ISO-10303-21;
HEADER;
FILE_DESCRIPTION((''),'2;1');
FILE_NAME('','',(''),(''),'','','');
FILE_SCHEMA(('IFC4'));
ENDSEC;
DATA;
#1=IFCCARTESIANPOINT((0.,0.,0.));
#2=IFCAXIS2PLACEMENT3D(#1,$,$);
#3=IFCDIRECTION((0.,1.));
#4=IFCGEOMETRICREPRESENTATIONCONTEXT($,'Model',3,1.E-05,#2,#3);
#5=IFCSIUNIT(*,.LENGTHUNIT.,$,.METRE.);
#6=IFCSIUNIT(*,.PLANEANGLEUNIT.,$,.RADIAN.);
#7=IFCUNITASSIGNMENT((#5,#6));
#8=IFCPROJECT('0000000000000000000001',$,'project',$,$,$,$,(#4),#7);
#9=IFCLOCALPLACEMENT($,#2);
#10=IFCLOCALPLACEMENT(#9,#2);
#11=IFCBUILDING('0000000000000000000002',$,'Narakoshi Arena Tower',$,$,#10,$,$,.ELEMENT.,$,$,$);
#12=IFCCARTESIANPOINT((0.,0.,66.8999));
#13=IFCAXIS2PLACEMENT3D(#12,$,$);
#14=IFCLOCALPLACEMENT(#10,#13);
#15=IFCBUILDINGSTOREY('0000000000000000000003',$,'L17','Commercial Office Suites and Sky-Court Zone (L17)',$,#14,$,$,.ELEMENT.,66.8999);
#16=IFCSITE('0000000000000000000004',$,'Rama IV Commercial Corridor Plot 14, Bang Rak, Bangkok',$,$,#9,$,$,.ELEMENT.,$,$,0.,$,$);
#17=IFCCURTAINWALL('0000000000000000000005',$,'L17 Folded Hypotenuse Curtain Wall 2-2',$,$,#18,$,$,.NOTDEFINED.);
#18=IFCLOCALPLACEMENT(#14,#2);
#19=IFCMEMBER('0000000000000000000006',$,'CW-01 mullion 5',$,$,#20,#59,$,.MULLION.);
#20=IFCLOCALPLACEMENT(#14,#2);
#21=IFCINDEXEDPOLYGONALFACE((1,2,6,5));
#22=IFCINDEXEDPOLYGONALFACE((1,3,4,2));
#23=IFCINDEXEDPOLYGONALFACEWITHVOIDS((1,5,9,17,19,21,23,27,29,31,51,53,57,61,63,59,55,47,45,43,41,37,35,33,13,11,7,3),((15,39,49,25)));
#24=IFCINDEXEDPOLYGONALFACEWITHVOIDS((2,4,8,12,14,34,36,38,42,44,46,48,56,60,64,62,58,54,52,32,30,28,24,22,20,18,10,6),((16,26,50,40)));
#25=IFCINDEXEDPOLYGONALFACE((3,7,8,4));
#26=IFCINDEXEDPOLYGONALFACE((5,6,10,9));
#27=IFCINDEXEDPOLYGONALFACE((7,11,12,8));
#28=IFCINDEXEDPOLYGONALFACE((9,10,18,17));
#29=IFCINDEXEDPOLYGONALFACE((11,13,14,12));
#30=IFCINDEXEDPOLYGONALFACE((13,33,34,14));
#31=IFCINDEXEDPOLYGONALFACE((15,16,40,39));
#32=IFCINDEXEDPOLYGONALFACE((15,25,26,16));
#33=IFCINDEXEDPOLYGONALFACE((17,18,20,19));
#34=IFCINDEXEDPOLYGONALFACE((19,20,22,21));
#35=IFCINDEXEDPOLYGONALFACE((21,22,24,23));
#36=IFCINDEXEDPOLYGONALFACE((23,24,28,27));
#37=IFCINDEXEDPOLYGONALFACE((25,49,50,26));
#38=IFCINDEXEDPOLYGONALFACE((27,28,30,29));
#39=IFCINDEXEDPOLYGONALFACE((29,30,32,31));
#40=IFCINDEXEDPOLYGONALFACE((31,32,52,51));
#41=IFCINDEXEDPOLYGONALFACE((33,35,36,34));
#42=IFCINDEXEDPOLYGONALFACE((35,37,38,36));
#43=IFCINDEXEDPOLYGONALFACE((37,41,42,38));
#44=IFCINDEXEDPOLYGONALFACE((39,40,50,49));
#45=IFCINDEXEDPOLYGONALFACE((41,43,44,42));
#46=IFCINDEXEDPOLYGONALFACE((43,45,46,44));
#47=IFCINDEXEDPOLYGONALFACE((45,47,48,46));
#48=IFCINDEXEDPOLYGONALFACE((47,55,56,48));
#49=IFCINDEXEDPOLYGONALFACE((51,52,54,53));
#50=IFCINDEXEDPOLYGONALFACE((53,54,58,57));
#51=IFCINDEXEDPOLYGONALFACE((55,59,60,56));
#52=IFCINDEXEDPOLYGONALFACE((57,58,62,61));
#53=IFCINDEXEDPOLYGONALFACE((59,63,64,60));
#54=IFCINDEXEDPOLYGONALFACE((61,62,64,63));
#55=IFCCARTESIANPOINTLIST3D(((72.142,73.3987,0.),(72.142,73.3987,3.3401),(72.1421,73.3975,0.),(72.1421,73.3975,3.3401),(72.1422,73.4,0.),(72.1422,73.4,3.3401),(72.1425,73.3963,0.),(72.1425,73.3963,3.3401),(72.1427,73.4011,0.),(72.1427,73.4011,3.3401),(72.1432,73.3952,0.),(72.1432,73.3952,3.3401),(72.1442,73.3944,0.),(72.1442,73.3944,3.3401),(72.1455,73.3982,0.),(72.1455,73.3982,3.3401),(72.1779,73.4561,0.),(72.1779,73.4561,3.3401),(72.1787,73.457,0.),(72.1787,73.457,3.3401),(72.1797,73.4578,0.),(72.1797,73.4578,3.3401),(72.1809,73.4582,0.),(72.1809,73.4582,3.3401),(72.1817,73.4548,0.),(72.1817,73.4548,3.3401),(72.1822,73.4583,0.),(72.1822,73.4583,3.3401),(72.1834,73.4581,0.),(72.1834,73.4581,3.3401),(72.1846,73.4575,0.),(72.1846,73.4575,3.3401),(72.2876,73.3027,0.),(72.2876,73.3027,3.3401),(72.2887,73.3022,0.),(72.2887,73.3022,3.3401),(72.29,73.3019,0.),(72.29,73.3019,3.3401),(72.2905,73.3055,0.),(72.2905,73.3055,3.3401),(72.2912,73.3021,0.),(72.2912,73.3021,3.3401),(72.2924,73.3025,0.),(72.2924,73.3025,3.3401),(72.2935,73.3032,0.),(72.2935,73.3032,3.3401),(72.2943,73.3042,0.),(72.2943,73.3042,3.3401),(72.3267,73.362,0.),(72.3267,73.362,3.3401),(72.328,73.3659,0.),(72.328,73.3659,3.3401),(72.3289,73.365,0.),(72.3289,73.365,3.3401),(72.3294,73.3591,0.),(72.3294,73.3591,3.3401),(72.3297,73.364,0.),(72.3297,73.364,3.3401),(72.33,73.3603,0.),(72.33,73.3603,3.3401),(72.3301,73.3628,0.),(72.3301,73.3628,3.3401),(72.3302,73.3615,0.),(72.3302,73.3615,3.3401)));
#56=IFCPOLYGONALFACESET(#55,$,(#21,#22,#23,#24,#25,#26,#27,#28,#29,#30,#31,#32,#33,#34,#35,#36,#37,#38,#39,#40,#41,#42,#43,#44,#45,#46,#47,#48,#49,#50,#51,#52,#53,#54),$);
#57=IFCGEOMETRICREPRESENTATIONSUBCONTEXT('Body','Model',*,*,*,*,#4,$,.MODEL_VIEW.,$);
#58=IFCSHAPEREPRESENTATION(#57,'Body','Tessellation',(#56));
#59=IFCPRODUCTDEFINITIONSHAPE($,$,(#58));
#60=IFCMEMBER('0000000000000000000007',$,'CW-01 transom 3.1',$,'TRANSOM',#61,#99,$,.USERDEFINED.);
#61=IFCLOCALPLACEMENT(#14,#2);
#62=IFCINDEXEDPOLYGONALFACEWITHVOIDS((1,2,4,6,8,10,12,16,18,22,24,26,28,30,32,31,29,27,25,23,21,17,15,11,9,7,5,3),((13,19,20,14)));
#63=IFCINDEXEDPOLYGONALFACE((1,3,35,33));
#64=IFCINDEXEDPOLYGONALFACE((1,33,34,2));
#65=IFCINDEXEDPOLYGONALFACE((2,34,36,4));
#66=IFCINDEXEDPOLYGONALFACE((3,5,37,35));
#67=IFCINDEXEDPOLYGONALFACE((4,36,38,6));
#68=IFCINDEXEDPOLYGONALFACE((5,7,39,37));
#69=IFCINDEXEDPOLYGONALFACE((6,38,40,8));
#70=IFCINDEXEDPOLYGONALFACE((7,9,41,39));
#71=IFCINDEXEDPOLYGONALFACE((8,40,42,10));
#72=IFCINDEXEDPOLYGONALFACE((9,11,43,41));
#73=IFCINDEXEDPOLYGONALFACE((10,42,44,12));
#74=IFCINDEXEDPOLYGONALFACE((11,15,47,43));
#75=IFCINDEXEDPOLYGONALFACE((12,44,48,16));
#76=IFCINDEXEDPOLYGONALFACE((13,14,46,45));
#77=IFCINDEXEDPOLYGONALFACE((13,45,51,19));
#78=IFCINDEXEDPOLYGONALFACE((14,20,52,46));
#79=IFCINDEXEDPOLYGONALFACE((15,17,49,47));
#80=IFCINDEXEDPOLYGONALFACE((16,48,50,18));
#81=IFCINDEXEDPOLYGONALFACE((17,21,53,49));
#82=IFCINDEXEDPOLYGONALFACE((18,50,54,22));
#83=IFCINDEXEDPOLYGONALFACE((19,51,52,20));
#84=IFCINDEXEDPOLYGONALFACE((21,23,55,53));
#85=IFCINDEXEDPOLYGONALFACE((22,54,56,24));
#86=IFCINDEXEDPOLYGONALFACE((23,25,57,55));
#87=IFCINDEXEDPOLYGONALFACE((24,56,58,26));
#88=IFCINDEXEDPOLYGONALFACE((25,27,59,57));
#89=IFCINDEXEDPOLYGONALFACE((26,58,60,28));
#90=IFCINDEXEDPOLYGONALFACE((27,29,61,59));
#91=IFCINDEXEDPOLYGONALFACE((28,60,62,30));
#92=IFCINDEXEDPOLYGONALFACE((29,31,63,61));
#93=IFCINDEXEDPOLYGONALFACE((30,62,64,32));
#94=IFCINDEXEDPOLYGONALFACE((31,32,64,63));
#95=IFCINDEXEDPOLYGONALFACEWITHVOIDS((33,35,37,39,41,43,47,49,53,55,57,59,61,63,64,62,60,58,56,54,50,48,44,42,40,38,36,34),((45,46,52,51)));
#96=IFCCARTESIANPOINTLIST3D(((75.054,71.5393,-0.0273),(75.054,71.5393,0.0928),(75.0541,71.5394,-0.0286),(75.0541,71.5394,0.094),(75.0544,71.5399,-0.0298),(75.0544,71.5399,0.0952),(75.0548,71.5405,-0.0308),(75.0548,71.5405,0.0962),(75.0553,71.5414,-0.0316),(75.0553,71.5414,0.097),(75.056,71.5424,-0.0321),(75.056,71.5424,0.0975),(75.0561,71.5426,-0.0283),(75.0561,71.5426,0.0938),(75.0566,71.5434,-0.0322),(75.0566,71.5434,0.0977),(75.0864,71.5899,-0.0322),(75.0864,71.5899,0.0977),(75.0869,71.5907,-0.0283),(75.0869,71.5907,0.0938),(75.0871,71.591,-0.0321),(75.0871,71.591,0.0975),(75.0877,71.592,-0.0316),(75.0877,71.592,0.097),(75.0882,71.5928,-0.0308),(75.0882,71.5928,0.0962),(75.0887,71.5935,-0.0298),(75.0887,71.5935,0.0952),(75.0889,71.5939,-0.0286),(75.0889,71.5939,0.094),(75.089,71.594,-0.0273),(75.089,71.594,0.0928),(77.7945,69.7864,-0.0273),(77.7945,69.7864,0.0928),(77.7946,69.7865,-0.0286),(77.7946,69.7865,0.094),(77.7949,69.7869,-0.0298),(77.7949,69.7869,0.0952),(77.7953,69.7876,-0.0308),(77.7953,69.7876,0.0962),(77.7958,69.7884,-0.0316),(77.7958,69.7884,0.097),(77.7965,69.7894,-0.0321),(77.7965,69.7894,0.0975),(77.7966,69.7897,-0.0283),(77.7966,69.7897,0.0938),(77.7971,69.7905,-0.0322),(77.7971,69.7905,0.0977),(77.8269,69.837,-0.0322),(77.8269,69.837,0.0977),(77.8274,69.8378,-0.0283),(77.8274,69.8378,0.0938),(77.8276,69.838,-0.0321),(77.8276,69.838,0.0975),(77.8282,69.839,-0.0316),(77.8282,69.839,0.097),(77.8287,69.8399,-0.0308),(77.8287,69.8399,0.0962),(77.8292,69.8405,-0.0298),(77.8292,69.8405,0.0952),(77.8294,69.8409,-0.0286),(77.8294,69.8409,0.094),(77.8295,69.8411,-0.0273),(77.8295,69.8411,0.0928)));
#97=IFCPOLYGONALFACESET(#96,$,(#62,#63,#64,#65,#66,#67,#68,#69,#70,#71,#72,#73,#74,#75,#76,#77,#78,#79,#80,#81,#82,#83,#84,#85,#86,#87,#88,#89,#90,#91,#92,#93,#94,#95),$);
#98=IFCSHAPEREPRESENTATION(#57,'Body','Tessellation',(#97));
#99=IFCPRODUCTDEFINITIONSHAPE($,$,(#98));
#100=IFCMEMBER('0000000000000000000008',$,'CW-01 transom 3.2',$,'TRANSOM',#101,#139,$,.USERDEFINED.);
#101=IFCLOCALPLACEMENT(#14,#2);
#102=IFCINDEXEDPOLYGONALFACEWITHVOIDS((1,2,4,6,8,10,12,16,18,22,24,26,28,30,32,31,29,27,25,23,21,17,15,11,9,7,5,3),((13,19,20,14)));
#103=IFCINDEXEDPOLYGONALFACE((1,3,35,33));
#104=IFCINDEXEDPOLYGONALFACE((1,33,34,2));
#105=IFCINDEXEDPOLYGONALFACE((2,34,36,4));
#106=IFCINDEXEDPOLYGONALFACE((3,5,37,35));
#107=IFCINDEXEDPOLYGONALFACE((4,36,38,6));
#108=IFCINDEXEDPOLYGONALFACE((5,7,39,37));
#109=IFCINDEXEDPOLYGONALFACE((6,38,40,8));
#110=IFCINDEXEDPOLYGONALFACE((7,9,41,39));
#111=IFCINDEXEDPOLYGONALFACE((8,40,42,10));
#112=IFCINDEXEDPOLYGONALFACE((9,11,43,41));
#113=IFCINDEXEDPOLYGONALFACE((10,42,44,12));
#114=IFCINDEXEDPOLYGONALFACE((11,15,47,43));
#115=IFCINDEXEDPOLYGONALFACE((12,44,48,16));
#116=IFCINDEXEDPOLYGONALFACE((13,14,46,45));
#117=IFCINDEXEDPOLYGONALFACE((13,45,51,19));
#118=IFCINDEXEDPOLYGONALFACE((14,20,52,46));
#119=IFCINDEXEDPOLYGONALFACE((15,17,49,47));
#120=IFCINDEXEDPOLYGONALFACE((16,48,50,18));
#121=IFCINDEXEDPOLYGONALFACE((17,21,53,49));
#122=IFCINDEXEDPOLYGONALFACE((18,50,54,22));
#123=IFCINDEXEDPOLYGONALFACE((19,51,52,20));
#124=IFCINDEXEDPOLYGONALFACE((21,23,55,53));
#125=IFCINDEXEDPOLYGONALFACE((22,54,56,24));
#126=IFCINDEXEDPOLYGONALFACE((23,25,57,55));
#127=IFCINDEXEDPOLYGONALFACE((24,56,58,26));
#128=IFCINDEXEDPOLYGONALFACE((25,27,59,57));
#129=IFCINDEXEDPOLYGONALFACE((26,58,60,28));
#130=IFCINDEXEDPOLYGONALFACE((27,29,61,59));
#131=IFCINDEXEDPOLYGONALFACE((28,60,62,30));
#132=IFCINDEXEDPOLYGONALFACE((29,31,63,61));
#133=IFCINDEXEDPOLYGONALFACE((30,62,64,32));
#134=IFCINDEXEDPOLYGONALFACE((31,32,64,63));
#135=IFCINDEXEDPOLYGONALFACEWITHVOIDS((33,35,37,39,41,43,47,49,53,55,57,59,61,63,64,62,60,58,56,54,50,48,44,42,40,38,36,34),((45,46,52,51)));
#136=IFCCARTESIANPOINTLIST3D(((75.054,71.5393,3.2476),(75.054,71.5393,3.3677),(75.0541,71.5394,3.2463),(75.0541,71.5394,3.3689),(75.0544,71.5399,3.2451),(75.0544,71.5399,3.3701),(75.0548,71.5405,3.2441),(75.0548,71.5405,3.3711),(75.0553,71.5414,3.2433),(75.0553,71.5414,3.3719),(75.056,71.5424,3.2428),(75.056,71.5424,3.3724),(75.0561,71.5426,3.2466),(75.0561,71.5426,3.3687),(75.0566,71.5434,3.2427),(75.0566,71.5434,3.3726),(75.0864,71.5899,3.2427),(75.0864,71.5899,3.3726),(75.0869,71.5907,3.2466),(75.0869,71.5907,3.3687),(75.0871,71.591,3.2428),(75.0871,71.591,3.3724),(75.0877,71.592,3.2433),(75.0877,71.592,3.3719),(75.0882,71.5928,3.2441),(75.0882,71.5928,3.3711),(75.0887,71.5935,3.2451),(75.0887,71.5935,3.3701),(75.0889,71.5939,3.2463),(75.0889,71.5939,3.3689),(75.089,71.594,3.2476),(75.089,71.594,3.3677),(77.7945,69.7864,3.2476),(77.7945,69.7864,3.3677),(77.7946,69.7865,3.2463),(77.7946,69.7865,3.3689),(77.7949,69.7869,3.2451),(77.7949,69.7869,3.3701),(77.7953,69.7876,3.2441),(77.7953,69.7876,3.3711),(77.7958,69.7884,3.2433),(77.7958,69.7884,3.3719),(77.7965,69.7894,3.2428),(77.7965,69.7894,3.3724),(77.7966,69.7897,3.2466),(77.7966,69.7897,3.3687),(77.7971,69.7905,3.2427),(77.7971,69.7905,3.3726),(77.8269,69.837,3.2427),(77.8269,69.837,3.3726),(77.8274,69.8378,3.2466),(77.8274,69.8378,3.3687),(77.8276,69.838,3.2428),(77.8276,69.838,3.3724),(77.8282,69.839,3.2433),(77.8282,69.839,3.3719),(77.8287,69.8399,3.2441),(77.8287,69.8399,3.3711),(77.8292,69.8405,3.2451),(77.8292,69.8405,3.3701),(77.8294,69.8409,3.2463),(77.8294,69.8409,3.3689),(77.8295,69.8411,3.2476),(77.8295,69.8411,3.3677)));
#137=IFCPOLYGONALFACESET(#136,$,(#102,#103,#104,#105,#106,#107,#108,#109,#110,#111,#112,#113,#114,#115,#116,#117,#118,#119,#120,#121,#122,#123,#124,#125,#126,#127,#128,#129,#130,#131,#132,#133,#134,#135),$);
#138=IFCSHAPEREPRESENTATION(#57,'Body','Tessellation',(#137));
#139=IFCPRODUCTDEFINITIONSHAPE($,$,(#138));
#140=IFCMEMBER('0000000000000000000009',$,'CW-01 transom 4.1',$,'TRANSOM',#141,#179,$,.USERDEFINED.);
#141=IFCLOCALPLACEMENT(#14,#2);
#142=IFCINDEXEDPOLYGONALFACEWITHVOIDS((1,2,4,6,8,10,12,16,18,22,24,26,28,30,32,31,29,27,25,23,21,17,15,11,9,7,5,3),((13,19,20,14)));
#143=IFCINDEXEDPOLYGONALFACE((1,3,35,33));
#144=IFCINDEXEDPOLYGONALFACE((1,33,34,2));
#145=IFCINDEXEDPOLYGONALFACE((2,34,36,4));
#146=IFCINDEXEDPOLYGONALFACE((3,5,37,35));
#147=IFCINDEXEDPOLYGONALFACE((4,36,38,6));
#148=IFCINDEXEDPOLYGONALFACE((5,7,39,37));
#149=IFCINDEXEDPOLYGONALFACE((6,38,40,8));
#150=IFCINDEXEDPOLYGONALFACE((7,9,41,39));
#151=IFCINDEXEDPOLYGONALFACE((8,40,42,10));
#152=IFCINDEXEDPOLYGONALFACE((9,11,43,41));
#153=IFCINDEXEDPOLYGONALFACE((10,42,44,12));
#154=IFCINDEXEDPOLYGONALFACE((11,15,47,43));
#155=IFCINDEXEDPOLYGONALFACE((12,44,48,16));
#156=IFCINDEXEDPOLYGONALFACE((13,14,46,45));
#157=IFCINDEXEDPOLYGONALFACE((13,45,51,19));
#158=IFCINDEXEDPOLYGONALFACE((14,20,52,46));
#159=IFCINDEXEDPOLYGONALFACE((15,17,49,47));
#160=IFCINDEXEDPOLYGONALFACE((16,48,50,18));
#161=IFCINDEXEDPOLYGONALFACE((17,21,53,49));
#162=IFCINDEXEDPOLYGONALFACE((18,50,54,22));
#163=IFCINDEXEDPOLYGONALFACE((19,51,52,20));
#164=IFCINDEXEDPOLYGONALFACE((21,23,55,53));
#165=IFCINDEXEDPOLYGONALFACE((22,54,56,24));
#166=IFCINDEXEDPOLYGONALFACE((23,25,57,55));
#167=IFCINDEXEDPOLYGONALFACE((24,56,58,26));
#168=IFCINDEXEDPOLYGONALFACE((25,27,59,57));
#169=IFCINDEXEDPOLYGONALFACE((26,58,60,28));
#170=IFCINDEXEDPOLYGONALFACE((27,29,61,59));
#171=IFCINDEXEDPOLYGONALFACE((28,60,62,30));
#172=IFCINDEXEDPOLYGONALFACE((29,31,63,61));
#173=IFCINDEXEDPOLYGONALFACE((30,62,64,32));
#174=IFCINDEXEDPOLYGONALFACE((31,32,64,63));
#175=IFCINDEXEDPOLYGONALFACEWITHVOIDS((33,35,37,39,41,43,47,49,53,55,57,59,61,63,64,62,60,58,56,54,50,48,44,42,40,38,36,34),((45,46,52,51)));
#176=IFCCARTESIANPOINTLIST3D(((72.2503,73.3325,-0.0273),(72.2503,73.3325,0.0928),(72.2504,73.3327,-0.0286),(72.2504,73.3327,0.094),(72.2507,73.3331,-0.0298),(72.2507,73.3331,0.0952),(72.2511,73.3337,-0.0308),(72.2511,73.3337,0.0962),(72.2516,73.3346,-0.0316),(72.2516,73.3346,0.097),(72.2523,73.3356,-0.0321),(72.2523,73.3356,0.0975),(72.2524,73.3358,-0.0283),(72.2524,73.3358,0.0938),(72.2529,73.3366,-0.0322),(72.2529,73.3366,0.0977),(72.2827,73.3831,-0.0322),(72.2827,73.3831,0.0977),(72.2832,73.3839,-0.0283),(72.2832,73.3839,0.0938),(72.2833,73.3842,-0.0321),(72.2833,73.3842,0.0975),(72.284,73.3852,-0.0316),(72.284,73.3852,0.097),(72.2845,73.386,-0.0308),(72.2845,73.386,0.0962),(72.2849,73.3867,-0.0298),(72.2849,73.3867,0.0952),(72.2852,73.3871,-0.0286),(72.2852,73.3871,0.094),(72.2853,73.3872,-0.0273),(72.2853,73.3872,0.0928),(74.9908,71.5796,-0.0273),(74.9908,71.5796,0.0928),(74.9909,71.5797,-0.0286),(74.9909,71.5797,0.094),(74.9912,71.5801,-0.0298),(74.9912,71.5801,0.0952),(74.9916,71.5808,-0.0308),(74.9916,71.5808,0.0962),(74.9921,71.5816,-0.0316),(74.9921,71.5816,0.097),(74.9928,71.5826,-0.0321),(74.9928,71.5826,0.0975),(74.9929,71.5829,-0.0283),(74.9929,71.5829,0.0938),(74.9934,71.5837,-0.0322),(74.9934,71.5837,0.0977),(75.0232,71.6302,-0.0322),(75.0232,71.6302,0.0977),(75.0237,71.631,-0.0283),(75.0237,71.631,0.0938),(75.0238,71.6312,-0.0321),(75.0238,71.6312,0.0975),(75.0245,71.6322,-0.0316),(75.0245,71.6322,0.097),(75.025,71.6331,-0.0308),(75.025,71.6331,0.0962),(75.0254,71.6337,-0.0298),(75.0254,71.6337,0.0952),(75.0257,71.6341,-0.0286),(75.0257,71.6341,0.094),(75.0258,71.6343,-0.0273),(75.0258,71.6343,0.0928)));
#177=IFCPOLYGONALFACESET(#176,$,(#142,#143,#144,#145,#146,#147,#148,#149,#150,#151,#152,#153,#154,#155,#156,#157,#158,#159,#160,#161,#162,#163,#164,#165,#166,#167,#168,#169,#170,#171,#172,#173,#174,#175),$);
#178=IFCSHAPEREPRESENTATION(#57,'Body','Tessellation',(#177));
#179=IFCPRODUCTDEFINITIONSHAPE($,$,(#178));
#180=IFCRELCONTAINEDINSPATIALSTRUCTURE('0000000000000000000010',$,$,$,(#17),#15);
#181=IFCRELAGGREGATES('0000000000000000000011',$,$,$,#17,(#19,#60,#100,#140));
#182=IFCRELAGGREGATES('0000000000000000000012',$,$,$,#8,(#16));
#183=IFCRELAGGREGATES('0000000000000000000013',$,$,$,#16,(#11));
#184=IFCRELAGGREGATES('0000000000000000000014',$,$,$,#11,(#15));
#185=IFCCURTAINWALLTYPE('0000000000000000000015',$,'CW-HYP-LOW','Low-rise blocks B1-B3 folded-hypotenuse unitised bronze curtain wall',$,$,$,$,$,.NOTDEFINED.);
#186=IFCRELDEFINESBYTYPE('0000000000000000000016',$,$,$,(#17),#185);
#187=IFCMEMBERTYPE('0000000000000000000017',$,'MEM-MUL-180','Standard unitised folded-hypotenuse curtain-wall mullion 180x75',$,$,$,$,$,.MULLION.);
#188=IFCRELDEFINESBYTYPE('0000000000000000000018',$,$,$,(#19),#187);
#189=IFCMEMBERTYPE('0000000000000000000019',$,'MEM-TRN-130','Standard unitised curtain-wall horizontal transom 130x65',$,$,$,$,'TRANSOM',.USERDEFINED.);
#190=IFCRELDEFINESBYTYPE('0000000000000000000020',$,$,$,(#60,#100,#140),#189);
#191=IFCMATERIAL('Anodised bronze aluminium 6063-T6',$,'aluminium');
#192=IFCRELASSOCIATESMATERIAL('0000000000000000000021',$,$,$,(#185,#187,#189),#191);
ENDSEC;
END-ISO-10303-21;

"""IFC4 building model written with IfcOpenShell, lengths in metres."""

from ifc_helpers import new_model, si_unit, direction, frame, origin, origin_2d, place, context, subcontext, project, spatial, hollow_rectangle, extrude, material, material_profile, profile_set, type_object, element, aggregate, save


model = new_model("IFC4")

# Units and contexts
model_context = context("Model", 3, precision=1e-05, world=origin(), true_north=direction((0.0, 1.0)))
body_context = subcontext(model_context, "Body", "Model", "MODEL_VIEW")
ifc_project = project(units=[si_unit("LENGTHUNIT", "METRE"), si_unit("PLANEANGLEUNIT", "RADIAN")], contexts=[model_context])

# Site, building, storey
site_placement = place(None, origin())
site = spatial("IfcSite", under=ifc_project, at=site_placement, Name="Rama IV Commercial Corridor Plot 14, Bang Rak, Bangkok", CompositionType="ELEMENT", RefElevation=0.0)
building_placement = place(site_placement, origin())
building = spatial("IfcBuilding", under=site, at=building_placement, Name="Narakoshi Arena Tower", CompositionType="ELEMENT")
storey_placement = place(building_placement, frame((0.0, 0.0, 66.8999)))
storey = spatial("IfcBuildingStorey", under=building, at=storey_placement, Name="L17", Description="Commercial Office Suites and Sky-Court Zone (L17)", CompositionType="ELEMENT", Elevation=66.8999)

# Curtain wall, members
ifc_material_1 = material(Name="Anodised bronze aluminium 6063-T6", Category="aluminium")
curtain_wall_type = type_object("IfcCurtainWallType", Name="CW-HYP-LOW", Description="Low-rise blocks B1-B3 folded-hypotenuse unitised bronze curtain wall", PredefinedType="NOTDEFINED", material=ifc_material_1)
curtain_wall_placement = place(storey_placement, origin())
curtain_wall = element("IfcCurtainWall", 1, at=curtain_wall_placement, inside=storey, type_object=curtain_wall_type, Name="L17 Folded Hypotenuse Curtain Wall 2-2", PredefinedType="NOTDEFINED")
ifc_material_profile_1 = material_profile(ifc_material_1, hollow_rectangle(XDim=0.075, YDim=0.1799, WallThickness=0.0039, OuterFilletRadius=0.0049, at=origin_2d()), Name="MUL180x75x4")
ifc_profile_set_1 = profile_set([ifc_material_profile_1], Name="Anodised bronze aluminium 6063-T6")
member_type_1 = type_object("IfcMemberType", Name="MEM-MUL-180", Description="Standard unitised folded-hypotenuse curtain-wall mullion 180x75", PredefinedType="MULLION", material=ifc_profile_set_1)
member_1_placement = place(storey_placement, frame((72.2361, 73.3801, 0.0), z_axis=(0.0, 0.0, 1.0), x_axis=(-0.538829, -0.842415, 0.0)))
member_1 = element("IfcMember", 2, at=member_1_placement, type_object=member_type_1, Name="CW-01 mullion 5", PredefinedType="MULLION", context=body_context, shape_type="SweptSolid", body=[
    extrude(hollow_rectangle(XDim=0.075, YDim=0.1799, WallThickness=0.0039, OuterFilletRadius=0.0049, at=origin_2d()), origin(), (0.0, 0.0, 1.0), 3.3401),
])
ifc_material_profile_2 = material_profile(ifc_material_1, hollow_rectangle(XDim=0.0649, YDim=0.1299, WallThickness=0.0039, OuterFilletRadius=0.0049, at=origin_2d()), Name="TRN130x65x4")
ifc_profile_set_2 = profile_set([ifc_material_profile_2], Name="Anodised bronze aluminium 6063-T6")
member_type_2 = type_object("IfcMemberType", Name="MEM-TRN-130", Description="Standard unitised curtain-wall horizontal transom 130x65", ElementType="TRANSOM", PredefinedType="USERDEFINED", material=ifc_profile_set_2)
member_2_placement = place(storey_placement, frame((77.812, 69.8137, 0.0327), z_axis=(-0.842408, 0.538841, 0.0), x_axis=(-0.538841, -0.842408, 0.0)))
member_2 = element("IfcMember", 3, at=member_2_placement, type_object=member_type_2, Name="CW-01 transom 3.1", ObjectType="TRANSOM", PredefinedType="USERDEFINED", context=body_context, shape_type="SweptSolid", body=[
    extrude(hollow_rectangle(XDim=0.0649, YDim=0.1299, WallThickness=0.0039, OuterFilletRadius=0.0049, at=origin_2d()), origin(), (0.0, 0.0, 1.0), 3.2532),
])
member_3_placement = place(storey_placement, frame((77.812, 69.8137, 3.3076), z_axis=(-0.842408, 0.538841, 0.0), x_axis=(-0.538841, -0.842408, 0.0)))
member_3 = element("IfcMember", 4, at=member_3_placement, type_object=member_type_2, Name="CW-01 transom 3.2", ObjectType="TRANSOM", PredefinedType="USERDEFINED", context=body_context, shape_type="SweptSolid", body=[
    extrude(hollow_rectangle(XDim=0.0649, YDim=0.1299, WallThickness=0.0039, OuterFilletRadius=0.0049, at=origin_2d()), origin(), (0.0, 0.0, 1.0), 3.2532),
])
member_4_placement = place(storey_placement, frame((75.0083, 71.6069, 0.0327), z_axis=(-0.842408, 0.538841, 0.0), x_axis=(-0.538841, -0.842408, 0.0)))
member_4 = element("IfcMember", 5, at=member_4_placement, type_object=member_type_2, Name="CW-01 transom 4.1", ObjectType="TRANSOM", PredefinedType="USERDEFINED", context=body_context, shape_type="SweptSolid", body=[
    extrude(hollow_rectangle(XDim=0.0649, YDim=0.1299, WallThickness=0.0039, OuterFilletRadius=0.0049, at=origin_2d()), origin(), (0.0, 0.0, 1.0), 3.2532),
])
aggregate(curtain_wall, [member_1, member_2, member_3, member_4])

save(model, "model.ifc")
